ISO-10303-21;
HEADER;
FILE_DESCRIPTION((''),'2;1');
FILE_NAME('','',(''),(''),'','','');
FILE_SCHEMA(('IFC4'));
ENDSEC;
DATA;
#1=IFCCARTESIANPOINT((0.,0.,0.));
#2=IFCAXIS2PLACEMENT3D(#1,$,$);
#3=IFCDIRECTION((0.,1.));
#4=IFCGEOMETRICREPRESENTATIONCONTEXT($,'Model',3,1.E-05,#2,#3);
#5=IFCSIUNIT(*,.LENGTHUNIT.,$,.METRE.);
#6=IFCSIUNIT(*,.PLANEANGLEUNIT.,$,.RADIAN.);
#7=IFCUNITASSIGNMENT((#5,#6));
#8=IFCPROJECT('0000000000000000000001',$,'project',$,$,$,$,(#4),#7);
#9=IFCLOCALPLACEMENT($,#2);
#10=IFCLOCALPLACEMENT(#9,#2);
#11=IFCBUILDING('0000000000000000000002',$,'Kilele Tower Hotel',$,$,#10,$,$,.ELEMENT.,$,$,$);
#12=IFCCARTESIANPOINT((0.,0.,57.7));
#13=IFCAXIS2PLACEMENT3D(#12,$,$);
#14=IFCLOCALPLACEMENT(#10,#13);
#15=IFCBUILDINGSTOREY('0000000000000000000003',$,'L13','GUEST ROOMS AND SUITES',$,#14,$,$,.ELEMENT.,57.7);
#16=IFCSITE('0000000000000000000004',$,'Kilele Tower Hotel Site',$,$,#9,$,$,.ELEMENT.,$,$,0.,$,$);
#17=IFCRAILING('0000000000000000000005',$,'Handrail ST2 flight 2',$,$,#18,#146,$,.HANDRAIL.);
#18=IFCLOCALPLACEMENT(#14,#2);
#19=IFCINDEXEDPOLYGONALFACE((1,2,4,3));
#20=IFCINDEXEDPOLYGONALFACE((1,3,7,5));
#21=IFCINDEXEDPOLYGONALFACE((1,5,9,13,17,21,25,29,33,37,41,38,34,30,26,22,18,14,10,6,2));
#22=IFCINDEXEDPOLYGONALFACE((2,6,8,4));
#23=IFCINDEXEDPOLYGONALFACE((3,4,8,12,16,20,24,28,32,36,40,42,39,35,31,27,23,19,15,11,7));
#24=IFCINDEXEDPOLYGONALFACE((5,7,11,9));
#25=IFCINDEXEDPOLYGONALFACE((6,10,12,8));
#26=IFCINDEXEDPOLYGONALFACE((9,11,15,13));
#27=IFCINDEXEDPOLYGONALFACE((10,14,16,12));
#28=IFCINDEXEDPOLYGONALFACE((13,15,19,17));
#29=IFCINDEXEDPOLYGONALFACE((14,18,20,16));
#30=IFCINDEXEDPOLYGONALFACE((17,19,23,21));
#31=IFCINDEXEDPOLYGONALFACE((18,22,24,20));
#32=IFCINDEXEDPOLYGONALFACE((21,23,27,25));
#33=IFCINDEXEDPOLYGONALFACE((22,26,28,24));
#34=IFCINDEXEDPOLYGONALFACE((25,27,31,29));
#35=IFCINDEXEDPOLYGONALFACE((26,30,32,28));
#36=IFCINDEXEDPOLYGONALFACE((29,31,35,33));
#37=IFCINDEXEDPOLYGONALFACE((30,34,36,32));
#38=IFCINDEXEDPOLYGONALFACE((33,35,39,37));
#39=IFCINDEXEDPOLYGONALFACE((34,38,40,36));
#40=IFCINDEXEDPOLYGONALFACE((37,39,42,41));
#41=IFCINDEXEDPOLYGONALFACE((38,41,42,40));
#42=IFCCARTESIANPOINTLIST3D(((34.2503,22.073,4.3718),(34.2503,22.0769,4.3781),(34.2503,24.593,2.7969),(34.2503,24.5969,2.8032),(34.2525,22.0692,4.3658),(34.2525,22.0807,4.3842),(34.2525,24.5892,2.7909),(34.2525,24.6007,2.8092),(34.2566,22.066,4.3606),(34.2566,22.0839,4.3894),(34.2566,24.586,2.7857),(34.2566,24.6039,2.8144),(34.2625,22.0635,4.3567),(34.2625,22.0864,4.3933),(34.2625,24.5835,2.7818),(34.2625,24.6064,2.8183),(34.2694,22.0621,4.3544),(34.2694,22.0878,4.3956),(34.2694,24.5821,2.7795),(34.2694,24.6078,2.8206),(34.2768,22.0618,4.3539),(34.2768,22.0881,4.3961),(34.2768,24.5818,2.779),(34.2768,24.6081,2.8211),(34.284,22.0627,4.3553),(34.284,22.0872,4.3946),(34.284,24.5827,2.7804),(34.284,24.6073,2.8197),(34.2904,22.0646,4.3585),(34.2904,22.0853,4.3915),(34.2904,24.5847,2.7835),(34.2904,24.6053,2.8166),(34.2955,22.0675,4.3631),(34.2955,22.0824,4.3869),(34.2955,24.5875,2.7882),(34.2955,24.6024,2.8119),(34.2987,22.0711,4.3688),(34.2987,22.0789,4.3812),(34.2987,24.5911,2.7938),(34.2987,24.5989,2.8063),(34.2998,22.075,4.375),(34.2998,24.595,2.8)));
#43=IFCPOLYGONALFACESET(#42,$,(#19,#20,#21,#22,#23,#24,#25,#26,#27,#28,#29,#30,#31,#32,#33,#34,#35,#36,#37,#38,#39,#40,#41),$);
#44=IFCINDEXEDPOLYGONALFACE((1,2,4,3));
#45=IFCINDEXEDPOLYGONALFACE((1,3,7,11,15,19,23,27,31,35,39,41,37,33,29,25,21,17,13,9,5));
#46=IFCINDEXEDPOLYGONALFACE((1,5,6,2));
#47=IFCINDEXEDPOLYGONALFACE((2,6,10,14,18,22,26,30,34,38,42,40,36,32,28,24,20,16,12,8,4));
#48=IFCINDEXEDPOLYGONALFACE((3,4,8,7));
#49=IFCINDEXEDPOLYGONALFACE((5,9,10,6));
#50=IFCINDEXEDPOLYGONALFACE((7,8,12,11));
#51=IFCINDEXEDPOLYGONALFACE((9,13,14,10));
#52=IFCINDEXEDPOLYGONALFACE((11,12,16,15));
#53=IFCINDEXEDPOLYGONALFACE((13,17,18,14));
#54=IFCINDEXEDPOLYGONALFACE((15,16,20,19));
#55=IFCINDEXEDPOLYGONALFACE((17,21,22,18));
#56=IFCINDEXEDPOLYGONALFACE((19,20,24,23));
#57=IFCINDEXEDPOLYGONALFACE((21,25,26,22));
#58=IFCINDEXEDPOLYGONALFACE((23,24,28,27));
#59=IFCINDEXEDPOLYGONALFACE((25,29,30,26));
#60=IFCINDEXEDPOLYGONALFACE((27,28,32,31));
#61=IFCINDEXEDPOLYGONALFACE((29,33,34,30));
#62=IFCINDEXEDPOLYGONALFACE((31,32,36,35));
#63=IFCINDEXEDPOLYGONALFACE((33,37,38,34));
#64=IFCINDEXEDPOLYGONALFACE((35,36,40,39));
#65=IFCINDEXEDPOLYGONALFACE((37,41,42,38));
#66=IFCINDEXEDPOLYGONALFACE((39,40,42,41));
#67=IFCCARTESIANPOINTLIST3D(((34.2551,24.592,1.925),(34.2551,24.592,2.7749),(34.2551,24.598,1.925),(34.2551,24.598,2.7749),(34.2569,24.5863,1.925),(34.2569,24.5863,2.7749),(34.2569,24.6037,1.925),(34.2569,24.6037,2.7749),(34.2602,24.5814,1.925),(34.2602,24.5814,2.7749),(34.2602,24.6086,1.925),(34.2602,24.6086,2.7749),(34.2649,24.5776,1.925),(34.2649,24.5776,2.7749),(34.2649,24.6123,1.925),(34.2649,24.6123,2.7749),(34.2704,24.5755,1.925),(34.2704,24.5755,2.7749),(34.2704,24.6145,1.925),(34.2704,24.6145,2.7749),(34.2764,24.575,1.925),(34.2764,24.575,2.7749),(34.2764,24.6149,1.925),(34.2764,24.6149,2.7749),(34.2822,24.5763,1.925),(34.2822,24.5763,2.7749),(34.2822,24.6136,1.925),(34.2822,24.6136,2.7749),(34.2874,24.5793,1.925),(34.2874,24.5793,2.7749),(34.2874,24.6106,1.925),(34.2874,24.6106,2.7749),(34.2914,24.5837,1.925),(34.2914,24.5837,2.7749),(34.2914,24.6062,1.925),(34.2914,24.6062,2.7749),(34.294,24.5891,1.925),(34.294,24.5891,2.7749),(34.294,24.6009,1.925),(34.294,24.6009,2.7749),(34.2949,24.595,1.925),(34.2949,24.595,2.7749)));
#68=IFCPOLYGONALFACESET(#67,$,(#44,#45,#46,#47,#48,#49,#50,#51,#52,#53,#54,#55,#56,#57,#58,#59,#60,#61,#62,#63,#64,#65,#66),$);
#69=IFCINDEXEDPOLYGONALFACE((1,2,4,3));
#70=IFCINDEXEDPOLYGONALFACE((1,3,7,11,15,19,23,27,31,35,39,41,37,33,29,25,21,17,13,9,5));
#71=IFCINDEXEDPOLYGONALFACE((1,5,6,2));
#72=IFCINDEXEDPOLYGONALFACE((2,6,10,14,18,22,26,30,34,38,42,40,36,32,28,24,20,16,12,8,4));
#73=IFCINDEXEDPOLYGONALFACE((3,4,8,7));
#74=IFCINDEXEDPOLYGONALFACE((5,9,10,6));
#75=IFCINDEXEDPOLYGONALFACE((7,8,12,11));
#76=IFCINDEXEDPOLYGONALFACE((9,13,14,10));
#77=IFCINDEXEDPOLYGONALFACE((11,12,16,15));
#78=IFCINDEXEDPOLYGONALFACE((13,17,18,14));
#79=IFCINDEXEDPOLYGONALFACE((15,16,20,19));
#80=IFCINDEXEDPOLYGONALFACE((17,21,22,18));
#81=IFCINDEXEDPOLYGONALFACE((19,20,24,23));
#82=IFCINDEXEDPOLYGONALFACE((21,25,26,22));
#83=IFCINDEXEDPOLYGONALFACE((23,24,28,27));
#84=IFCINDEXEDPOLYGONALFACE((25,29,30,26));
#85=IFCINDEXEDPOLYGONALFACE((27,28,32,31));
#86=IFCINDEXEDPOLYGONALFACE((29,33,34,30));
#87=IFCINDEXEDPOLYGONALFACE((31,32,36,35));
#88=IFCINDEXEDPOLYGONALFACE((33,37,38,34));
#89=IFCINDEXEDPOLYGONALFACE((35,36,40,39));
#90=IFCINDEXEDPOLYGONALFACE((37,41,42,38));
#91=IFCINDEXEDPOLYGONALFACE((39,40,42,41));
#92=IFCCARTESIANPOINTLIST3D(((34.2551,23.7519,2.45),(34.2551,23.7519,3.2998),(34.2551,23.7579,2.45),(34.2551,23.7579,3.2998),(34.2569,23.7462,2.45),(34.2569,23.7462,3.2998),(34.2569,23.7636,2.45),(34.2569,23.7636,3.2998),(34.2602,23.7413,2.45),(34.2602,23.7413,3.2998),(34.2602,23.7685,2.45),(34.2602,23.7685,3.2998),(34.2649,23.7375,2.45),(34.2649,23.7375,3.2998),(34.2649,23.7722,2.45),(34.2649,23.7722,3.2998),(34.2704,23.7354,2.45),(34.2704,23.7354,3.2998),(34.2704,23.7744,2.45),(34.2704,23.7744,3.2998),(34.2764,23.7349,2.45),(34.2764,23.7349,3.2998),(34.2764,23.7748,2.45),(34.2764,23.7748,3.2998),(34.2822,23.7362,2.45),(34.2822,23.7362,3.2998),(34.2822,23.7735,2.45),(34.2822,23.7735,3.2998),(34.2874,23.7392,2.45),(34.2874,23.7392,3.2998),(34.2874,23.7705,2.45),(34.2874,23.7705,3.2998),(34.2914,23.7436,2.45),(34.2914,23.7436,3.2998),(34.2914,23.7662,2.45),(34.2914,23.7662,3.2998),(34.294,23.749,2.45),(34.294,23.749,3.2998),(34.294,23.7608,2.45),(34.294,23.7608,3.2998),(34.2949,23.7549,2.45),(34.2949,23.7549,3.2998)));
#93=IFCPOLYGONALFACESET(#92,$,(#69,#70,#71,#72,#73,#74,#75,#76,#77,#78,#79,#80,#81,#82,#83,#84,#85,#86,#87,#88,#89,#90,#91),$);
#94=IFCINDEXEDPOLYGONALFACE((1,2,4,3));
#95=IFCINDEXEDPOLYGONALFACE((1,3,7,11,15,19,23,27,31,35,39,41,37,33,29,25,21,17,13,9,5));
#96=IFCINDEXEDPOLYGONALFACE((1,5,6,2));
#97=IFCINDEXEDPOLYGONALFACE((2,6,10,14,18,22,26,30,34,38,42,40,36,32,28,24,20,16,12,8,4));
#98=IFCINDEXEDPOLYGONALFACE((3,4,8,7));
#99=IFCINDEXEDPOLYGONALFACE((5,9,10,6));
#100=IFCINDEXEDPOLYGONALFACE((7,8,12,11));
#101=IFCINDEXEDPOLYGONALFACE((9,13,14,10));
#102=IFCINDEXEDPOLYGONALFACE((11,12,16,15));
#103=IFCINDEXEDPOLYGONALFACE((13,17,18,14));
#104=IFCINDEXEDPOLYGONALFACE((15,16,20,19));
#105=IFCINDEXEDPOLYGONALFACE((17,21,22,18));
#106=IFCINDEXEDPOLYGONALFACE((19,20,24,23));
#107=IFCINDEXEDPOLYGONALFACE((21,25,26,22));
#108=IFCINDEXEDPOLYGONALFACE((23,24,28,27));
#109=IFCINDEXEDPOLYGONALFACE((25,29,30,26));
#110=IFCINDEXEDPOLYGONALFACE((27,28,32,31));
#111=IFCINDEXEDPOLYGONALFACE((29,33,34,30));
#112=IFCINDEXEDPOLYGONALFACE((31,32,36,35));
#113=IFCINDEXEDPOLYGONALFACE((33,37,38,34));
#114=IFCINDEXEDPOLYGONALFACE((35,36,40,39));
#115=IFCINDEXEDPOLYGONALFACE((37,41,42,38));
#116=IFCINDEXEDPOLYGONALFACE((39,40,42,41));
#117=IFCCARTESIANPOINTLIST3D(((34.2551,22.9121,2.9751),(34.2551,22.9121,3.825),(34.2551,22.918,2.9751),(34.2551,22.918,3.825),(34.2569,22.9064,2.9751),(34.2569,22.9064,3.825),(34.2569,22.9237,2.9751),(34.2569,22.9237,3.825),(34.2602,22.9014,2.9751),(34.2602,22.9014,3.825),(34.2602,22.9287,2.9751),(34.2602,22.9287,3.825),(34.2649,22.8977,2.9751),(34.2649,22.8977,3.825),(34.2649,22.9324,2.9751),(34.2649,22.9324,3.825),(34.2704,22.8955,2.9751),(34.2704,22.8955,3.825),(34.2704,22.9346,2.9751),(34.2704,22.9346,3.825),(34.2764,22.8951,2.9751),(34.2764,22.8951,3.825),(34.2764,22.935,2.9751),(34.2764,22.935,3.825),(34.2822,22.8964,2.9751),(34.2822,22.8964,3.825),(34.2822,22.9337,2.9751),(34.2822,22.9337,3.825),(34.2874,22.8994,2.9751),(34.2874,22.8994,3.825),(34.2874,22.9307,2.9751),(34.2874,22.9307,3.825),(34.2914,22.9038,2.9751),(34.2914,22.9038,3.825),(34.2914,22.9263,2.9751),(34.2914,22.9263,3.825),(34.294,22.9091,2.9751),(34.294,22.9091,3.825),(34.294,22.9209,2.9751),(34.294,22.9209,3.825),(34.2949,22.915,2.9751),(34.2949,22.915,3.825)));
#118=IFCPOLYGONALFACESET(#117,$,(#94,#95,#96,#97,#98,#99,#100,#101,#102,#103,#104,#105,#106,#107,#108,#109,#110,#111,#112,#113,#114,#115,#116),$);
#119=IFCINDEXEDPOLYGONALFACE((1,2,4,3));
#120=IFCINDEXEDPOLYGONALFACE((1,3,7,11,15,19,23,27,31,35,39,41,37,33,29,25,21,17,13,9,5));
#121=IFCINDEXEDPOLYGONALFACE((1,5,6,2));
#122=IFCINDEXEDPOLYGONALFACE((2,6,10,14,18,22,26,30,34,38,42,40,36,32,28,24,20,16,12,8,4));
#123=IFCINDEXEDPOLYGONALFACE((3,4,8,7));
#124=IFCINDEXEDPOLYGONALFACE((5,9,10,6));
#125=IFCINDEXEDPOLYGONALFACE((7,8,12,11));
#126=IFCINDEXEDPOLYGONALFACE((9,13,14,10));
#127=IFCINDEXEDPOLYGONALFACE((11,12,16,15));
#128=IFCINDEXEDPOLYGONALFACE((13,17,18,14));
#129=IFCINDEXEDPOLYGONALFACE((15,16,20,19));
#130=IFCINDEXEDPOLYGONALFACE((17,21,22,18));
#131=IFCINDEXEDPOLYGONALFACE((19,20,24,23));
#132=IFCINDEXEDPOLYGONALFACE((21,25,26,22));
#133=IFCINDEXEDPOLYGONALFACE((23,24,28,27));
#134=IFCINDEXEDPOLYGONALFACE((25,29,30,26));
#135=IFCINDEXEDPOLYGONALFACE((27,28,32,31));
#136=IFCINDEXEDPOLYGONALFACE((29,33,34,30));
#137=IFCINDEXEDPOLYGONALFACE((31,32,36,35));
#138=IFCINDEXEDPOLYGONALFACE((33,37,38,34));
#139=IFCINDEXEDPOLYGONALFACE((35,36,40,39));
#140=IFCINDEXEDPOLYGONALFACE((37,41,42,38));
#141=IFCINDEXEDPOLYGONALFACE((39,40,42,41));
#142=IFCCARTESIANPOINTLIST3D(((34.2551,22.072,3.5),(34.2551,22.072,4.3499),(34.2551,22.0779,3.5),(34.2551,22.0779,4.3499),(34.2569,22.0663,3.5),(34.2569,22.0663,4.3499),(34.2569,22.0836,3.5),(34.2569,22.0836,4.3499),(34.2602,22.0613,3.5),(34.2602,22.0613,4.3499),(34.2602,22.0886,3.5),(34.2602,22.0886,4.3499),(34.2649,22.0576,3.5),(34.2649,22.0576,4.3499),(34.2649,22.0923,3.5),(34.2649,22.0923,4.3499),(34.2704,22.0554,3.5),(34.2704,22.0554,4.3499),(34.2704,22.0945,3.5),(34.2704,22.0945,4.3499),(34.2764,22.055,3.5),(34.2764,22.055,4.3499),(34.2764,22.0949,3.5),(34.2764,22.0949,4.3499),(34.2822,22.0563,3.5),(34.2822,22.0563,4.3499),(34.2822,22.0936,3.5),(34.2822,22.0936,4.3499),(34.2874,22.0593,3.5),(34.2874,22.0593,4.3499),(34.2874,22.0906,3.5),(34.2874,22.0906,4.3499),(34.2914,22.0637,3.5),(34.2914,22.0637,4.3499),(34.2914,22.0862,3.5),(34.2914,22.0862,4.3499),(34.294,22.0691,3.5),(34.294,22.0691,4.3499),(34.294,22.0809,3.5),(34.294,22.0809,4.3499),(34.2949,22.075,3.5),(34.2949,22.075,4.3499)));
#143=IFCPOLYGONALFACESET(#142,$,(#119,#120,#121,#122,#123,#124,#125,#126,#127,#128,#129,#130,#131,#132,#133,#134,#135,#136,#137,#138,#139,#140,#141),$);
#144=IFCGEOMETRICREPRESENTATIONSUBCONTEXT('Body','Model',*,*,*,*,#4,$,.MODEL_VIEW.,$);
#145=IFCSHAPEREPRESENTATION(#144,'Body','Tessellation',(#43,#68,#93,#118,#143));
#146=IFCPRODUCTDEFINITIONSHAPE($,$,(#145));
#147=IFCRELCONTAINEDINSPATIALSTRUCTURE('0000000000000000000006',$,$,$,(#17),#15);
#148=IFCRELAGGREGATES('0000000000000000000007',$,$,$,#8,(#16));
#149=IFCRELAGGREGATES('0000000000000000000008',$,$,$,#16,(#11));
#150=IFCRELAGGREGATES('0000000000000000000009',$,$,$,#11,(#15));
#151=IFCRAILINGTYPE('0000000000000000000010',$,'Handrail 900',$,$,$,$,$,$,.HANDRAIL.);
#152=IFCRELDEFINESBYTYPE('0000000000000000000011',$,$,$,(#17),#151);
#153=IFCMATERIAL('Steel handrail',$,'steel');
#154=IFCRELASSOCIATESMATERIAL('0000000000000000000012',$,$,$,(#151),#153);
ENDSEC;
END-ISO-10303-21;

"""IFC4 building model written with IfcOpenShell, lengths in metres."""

from ifc_helpers import new_model, si_unit, direction, frame, origin, origin_2d, place, context, subcontext, project, spatial, circle, extrude, material, type_object, element, save


model = new_model("IFC4")

# Units and contexts
model_context = context("Model", 3, precision=1e-05, world=origin(), true_north=direction((0.0, 1.0)))
body_context = subcontext(model_context, "Body", "Model", "MODEL_VIEW")
ifc_project = project(units=[si_unit("LENGTHUNIT", "METRE"), si_unit("PLANEANGLEUNIT", "RADIAN")], contexts=[model_context])

# Site, building, storey
site_placement = place(None, origin())
site = spatial("IfcSite", under=ifc_project, at=site_placement, Name="Kilele Tower Hotel Site", CompositionType="ELEMENT", RefElevation=0.0)
building_placement = place(site_placement, origin())
building = spatial("IfcBuilding", under=site, at=building_placement, Name="Kilele Tower Hotel", CompositionType="ELEMENT")
storey_placement = place(building_placement, frame((0.0, 0.0, 57.7)))
storey = spatial("IfcBuildingStorey", under=building, at=storey_placement, Name="L13", Description="GUEST ROOMS AND SUITES", CompositionType="ELEMENT", Elevation=57.7)

# Railing
ifc_material_1 = material(Name="Steel handrail", Category="steel")
railing_type_1 = type_object("IfcRailingType", Name="Handrail 900", PredefinedType="HANDRAIL", material=ifc_material_1)
for number, where, name in (
    (1, (34.2749, 24.595, 1.925), "Handrail ST2 flight 2"),
):
    element("IfcRailing", number, at=place(storey_placement, frame(where)), inside=storey, type_object=railing_type_1, Name=name, PredefinedType="HANDRAIL", context=body_context, shape_type="SweptSolid", body=[
        extrude(circle(Radius=0.0249, at=origin_2d()), frame((0.0, 0.0, 0.875), z_axis=(0.0, -0.848008, 0.529984), x_axis=(1.0, 0.0, 0.0)), (0.0, 0.0, 1.0), 2.9717),
        extrude(circle(Radius=0.02, at=origin_2d()), origin(), (0.0, 0.0, 1.0), 0.8499),
        extrude(circle(Radius=0.02, at=origin_2d()), frame((0.0, -0.8401, 0.5249)), (0.0, 0.0, 1.0), 0.8499),
        extrude(circle(Radius=0.02, at=origin_2d()), frame((0.0, -1.6799, 1.05)), (0.0, 0.0, 1.0), 0.8499),
        extrude(circle(Radius=0.02, at=origin_2d()), frame((0.0, -2.52, 1.575)), (0.0, 0.0, 1.0), 0.8499),
    ])

save(model, "model.ifc")
